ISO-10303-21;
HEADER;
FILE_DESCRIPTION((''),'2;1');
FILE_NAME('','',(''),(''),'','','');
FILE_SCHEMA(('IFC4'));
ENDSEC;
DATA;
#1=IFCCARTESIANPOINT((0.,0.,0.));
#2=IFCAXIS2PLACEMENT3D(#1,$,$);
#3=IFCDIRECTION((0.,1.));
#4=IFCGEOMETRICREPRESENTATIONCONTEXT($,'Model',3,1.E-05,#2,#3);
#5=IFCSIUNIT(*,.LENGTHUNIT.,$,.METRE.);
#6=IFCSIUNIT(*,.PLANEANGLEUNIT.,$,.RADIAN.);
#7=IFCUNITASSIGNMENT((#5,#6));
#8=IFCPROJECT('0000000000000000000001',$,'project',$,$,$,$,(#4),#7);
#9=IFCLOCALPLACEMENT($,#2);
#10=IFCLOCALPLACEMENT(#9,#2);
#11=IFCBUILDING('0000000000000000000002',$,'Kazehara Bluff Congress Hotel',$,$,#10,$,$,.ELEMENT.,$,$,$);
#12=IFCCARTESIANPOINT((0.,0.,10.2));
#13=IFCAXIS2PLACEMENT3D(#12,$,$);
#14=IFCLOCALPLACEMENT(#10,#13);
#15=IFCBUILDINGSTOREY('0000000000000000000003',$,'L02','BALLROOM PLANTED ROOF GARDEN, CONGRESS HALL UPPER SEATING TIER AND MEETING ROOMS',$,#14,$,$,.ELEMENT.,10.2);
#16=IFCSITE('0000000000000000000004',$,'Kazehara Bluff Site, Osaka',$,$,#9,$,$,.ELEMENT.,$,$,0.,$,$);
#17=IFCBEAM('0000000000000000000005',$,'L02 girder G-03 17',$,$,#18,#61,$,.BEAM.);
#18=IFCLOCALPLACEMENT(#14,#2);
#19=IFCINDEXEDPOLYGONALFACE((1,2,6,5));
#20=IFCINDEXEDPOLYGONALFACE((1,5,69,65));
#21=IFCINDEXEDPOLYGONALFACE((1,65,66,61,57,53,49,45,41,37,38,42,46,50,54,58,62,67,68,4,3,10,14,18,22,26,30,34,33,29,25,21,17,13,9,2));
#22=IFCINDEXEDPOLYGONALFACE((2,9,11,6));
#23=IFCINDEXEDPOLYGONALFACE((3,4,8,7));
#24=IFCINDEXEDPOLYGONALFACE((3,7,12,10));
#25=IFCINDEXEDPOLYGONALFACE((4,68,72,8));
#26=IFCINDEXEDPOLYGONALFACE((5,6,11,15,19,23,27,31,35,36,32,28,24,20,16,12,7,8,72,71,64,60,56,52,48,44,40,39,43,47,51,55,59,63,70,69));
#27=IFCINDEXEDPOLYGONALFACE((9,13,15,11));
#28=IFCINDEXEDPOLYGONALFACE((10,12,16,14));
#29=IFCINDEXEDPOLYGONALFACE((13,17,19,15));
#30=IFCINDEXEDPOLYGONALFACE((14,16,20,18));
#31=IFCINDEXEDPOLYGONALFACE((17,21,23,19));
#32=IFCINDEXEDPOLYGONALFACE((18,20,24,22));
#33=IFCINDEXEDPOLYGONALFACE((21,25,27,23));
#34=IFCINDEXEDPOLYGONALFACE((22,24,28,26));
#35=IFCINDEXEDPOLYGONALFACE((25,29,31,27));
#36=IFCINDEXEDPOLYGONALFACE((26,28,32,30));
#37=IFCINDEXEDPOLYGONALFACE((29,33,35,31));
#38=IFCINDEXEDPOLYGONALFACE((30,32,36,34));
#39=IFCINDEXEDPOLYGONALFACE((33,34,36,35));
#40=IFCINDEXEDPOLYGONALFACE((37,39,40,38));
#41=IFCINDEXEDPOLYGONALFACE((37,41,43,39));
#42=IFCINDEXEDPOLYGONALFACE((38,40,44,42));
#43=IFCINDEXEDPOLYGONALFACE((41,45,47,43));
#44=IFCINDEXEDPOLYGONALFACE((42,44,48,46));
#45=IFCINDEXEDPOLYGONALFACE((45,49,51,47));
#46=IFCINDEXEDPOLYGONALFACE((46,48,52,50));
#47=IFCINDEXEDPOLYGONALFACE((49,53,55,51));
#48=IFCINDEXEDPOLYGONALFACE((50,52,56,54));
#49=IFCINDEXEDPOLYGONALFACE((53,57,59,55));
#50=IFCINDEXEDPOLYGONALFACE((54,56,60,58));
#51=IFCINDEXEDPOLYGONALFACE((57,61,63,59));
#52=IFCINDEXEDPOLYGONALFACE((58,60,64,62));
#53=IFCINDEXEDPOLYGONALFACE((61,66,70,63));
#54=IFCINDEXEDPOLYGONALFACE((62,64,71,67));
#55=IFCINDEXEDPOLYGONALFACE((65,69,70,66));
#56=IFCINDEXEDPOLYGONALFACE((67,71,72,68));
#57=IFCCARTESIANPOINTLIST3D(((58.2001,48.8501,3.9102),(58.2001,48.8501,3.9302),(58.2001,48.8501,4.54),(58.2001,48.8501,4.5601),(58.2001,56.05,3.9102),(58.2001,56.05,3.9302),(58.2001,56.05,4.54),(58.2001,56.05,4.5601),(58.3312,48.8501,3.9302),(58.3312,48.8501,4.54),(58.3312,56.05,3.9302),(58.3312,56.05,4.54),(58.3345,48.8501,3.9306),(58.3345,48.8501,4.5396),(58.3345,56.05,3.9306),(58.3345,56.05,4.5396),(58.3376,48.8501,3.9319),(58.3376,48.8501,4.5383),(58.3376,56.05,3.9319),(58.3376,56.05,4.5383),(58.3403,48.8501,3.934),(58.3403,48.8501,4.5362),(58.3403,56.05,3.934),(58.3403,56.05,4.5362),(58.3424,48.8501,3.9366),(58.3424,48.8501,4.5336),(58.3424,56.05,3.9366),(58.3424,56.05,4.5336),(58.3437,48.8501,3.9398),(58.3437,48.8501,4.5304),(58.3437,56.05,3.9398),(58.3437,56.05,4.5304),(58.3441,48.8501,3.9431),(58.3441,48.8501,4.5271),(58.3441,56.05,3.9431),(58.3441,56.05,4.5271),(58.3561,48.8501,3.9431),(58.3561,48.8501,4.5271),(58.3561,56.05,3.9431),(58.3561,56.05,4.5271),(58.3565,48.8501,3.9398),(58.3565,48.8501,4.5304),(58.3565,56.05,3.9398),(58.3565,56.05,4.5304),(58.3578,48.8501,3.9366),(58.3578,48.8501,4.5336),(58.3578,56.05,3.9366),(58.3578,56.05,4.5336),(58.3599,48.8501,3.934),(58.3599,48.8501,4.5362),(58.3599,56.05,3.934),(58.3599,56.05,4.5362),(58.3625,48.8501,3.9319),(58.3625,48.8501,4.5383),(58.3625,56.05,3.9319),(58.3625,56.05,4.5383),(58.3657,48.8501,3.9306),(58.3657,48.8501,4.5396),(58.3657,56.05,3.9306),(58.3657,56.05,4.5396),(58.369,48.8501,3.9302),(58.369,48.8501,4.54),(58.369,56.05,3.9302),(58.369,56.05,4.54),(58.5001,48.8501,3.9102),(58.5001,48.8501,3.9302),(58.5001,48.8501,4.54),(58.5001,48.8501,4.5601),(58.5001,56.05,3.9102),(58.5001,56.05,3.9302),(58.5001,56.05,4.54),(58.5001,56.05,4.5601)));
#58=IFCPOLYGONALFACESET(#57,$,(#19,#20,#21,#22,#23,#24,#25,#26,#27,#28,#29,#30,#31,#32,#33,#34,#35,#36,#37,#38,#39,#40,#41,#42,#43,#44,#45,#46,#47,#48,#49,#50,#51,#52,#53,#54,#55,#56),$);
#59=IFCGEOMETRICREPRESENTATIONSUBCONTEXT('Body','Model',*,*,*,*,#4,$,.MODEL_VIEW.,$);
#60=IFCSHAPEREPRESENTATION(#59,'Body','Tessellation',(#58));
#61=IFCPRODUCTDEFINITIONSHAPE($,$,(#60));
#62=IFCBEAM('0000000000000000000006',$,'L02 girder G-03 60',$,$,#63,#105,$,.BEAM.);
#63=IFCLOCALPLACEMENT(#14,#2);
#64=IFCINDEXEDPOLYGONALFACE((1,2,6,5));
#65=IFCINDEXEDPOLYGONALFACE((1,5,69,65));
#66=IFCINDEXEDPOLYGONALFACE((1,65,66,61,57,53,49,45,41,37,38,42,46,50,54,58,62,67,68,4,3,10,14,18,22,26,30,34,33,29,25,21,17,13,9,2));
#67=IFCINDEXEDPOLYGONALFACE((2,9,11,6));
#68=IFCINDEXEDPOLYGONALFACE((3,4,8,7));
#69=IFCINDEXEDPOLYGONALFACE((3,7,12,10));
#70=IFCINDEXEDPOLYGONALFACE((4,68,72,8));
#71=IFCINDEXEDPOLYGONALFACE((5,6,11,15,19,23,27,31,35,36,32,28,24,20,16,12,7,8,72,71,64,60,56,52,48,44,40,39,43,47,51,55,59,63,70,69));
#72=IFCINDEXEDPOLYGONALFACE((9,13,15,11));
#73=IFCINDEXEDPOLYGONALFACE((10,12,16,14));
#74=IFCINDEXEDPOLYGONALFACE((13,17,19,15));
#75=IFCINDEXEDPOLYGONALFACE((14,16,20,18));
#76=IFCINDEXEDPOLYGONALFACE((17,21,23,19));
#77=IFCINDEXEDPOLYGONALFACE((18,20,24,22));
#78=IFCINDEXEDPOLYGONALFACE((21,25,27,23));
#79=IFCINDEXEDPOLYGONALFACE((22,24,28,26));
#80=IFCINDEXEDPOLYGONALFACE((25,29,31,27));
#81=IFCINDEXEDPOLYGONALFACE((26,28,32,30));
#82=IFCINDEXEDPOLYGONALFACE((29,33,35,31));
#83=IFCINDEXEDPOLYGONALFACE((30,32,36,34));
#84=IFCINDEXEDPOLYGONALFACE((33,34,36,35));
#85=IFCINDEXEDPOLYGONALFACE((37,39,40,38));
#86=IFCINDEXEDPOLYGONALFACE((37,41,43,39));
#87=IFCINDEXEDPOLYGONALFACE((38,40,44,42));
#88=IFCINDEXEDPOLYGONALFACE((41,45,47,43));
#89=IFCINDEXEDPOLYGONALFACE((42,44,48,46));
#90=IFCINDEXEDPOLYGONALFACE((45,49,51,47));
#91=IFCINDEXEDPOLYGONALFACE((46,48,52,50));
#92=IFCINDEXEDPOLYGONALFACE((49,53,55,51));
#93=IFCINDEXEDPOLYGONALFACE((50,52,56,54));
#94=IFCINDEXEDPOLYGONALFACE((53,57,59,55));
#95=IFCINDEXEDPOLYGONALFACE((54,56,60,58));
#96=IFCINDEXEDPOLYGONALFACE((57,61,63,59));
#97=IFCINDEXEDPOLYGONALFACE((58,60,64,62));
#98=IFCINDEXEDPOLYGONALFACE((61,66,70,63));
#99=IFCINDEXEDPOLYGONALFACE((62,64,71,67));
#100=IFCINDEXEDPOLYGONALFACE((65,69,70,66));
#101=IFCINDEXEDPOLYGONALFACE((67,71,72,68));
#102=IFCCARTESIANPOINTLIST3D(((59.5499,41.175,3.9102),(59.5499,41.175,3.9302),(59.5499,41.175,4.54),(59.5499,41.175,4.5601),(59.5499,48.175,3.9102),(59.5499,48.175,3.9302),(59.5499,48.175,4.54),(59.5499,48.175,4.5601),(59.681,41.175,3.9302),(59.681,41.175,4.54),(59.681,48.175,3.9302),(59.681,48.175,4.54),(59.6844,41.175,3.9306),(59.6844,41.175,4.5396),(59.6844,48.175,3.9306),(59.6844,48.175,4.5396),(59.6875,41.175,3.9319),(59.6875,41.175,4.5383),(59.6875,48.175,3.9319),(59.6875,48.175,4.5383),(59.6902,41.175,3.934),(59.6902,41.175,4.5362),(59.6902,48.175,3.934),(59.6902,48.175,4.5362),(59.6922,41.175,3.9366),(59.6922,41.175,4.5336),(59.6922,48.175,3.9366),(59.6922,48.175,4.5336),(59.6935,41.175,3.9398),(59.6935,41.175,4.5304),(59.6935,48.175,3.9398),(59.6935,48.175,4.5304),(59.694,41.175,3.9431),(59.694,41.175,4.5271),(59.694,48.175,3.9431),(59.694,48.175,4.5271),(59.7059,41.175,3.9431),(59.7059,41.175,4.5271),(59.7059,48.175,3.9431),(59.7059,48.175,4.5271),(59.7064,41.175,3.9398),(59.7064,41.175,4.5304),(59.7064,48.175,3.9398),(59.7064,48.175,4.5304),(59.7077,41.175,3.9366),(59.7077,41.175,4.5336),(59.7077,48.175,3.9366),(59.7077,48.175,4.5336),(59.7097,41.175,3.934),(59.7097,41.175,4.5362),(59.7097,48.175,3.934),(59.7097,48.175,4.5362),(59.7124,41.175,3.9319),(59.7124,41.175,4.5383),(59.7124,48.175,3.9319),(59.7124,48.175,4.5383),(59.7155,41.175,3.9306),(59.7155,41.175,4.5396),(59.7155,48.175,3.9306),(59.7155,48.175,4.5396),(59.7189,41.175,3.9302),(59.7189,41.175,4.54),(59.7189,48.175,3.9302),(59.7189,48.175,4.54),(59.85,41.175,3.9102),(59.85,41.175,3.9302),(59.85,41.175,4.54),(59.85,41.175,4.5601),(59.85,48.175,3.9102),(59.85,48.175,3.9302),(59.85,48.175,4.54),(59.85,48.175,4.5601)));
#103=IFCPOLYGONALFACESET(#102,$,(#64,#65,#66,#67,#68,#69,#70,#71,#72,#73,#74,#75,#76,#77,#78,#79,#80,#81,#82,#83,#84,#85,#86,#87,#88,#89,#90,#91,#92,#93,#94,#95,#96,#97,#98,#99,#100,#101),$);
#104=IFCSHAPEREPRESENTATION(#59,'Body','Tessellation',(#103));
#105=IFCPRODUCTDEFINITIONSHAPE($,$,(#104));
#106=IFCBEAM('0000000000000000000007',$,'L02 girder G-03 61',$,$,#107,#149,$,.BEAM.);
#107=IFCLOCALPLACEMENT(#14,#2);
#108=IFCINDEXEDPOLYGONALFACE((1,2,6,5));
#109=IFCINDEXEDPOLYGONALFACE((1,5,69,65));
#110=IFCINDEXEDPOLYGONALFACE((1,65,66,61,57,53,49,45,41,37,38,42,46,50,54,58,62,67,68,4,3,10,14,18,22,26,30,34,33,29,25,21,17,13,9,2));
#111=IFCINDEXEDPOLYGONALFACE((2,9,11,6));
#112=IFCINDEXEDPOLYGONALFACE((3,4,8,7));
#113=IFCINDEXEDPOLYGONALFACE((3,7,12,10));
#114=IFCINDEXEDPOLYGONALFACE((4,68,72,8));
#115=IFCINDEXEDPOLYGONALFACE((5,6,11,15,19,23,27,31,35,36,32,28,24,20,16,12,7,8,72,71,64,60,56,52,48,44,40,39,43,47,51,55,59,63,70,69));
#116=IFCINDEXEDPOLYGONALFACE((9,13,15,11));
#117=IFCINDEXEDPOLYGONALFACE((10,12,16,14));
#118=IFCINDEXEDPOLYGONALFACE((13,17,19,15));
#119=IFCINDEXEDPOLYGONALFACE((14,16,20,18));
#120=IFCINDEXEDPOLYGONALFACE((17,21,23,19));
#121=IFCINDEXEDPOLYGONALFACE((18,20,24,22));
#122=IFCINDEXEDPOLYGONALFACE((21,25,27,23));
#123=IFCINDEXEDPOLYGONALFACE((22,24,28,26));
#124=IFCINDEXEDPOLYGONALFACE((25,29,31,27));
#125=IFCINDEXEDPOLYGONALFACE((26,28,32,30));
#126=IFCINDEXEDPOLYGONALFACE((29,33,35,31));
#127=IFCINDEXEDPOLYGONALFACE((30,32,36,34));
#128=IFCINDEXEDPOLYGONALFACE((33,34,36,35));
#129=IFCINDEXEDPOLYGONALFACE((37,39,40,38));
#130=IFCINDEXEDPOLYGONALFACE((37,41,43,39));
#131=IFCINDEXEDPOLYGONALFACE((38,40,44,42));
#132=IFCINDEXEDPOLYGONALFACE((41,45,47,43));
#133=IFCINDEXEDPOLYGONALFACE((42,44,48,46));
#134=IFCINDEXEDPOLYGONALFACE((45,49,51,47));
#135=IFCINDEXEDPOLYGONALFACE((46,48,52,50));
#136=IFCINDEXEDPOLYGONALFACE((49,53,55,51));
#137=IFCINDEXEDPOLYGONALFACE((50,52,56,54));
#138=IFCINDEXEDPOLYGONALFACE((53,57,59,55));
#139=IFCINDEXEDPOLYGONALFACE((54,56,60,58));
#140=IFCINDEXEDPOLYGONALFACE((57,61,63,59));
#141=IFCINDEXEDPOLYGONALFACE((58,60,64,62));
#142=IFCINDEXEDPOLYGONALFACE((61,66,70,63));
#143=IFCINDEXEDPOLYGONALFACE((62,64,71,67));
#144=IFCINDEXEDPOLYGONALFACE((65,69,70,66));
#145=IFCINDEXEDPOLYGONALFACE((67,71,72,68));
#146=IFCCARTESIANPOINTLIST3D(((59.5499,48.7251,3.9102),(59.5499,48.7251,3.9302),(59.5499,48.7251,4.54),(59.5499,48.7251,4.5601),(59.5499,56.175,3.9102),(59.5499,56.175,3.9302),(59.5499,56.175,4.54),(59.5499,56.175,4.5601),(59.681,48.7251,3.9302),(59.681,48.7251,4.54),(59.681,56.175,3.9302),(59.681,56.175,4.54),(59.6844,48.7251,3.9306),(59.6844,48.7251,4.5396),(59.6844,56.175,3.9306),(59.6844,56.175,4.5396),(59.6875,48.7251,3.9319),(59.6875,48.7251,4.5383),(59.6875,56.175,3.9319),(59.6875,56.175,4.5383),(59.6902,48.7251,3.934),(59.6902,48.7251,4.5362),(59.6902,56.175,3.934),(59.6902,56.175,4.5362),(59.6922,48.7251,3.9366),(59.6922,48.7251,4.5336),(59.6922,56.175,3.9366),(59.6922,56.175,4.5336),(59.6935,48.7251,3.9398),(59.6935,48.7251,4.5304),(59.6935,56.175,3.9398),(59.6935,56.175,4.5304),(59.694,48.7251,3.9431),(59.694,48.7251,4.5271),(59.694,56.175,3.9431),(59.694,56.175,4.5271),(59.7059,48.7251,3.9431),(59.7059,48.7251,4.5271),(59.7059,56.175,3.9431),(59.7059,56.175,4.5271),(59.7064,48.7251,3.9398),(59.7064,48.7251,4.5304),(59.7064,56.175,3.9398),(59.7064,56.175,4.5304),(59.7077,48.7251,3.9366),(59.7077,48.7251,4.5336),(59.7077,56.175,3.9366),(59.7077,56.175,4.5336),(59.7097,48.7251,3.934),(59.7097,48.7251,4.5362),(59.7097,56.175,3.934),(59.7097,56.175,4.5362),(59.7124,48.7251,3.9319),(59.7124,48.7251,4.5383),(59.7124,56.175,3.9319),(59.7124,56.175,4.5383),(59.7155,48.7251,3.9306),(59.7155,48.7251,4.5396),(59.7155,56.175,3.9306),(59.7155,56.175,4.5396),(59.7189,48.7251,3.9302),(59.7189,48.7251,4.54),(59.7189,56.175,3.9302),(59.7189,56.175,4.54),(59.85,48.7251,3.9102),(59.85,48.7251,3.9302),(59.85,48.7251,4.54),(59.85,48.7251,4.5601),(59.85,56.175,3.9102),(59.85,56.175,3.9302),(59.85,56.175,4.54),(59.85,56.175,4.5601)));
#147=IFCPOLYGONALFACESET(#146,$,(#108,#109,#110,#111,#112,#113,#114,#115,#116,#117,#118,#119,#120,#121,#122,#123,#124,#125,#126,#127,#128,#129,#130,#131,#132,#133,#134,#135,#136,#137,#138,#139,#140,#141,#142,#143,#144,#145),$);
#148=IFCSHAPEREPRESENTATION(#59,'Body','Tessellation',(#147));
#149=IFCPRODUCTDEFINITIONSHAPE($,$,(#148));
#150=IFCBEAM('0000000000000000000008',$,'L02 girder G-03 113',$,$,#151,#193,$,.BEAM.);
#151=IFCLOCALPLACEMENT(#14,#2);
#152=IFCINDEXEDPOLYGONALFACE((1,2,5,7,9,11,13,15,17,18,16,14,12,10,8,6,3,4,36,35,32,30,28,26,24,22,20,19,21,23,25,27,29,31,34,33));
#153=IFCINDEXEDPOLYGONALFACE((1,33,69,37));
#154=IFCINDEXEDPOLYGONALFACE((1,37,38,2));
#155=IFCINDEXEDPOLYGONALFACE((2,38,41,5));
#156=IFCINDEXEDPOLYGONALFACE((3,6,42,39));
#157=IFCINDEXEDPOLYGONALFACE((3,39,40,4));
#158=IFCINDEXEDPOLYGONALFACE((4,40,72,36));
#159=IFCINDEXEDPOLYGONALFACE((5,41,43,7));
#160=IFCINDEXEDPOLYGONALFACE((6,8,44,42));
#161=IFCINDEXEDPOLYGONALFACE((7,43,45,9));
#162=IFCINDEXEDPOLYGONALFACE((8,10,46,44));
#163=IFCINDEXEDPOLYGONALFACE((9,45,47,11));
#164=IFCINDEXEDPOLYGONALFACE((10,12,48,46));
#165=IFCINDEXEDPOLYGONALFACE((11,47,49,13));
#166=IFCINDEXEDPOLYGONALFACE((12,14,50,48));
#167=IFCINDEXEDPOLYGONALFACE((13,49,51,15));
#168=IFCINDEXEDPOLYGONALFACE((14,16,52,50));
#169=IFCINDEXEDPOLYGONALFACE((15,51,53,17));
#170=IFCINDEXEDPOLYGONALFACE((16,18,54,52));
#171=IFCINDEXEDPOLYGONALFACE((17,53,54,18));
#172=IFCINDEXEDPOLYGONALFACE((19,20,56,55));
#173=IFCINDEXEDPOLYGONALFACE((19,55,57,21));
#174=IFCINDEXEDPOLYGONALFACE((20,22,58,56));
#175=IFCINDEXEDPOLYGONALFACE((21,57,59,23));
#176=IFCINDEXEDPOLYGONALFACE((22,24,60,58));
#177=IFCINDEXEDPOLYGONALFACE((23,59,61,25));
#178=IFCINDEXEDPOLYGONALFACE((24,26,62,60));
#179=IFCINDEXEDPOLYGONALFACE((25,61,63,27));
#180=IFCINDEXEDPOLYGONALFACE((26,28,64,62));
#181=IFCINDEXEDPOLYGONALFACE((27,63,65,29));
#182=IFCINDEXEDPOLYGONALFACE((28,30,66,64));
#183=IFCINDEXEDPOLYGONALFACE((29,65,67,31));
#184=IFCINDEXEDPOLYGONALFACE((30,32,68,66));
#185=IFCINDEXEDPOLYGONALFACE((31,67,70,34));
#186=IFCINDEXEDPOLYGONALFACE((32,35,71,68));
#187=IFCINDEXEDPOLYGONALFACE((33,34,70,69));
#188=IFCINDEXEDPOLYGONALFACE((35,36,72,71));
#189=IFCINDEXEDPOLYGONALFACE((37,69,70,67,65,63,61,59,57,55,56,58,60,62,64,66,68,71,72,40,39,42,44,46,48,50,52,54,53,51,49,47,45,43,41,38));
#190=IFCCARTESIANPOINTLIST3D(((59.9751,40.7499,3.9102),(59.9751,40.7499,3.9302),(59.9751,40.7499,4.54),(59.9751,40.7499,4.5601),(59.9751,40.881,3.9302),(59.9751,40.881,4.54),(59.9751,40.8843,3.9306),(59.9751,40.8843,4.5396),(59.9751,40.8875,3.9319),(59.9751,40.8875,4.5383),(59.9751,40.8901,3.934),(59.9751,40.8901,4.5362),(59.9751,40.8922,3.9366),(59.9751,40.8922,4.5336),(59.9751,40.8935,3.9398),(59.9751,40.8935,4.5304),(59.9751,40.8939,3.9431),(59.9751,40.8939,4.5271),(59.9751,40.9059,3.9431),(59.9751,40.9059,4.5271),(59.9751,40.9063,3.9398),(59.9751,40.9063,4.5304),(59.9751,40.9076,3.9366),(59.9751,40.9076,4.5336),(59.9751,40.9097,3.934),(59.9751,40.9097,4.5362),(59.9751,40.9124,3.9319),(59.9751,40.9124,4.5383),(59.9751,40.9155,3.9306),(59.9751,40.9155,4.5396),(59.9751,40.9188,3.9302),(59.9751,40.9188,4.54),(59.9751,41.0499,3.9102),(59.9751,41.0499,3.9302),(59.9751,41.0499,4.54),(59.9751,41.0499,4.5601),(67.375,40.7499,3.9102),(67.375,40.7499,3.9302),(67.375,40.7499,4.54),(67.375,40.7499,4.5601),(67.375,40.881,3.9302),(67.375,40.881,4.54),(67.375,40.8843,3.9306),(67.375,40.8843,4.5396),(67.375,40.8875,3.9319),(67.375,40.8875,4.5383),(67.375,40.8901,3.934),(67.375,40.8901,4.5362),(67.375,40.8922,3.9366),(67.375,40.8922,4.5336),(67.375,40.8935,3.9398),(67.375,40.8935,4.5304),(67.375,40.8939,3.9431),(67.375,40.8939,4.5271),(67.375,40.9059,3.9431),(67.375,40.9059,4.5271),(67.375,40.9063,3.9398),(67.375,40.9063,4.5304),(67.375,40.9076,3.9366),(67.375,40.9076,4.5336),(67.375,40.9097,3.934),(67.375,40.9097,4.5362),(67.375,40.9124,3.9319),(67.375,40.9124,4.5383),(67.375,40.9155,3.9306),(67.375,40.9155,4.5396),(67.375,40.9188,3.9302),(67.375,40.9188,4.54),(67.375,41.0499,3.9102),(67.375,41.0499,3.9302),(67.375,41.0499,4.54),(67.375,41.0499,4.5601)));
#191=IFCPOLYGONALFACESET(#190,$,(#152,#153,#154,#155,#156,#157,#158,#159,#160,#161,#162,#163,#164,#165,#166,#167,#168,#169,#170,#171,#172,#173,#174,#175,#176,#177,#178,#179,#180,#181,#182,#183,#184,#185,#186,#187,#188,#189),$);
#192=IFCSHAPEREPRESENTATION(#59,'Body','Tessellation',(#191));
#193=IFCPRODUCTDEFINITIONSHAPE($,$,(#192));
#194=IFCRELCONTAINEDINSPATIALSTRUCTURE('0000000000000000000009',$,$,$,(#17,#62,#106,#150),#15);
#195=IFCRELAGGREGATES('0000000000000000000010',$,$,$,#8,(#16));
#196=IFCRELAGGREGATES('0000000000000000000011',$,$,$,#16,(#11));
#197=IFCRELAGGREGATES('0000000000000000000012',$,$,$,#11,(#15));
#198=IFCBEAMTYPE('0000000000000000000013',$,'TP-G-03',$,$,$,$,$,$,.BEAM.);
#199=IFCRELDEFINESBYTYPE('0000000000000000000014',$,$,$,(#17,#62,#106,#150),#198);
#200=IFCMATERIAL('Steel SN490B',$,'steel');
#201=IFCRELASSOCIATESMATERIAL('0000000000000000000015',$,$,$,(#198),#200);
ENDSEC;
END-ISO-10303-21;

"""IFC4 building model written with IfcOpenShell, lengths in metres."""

from ifc_helpers import new_model, si_unit, direction, frame, origin, origin_2d, place, context, subcontext, project, spatial, i_section, extrude, material, material_profile, profile_set, type_object, element, save


model = new_model("IFC4")

# Units and contexts
model_context = context("Model", 3, precision=1e-05, world=origin(), true_north=direction((0.0, 1.0)))
body_context = subcontext(model_context, "Body", "Model", "MODEL_VIEW")
ifc_project = project(units=[si_unit("LENGTHUNIT", "METRE"), si_unit("PLANEANGLEUNIT", "RADIAN")], contexts=[model_context])

# Site, building, storey
site_placement = place(None, origin())
site = spatial("IfcSite", under=ifc_project, at=site_placement, Name="Kazehara Bluff Site, Osaka", CompositionType="ELEMENT", RefElevation=0.0)
building_placement = place(site_placement, origin())
building = spatial("IfcBuilding", under=site, at=building_placement, Name="Kazehara Bluff Congress Hotel", CompositionType="ELEMENT")
storey_placement = place(building_placement, frame((0.0, 0.0, 10.2)))
storey = spatial("IfcBuildingStorey", under=building, at=storey_placement, Name="L02", Description="BALLROOM PLANTED ROOF GARDEN, CONGRESS HALL UPPER SEATING TIER AND MEETING ROOMS", CompositionType="ELEMENT", Elevation=10.2)

# Beams
ifc_material_1 = material(Name="Steel SN490B", Category="steel")
ifc_material_profile_1 = material_profile(ifc_material_1, i_section(OverallWidth=0.3, OverallDepth=0.6499, WebThickness=0.012, FlangeThickness=0.02, FilletRadius=0.0129, at=origin_2d()))
ifc_profile_set_1 = profile_set([ifc_material_profile_1], Name="Steel SN490B")
beam_type_1 = type_object("IfcBeamType", Name="TP-G-03", PredefinedType="BEAM", material=ifc_profile_set_1)
beam_1_placement = place(storey_placement, frame((58.3501, 48.8501, 4.2351), z_axis=(0.0, 1.0, 0.0), x_axis=(-1.0, 0.0, 0.0)))
element("IfcBeam", 1, at=beam_1_placement, inside=storey, type_object=beam_type_1, Name="L02 girder G-03 17", PredefinedType="BEAM", context=body_context, shape_type="SweptSolid", body=[
    extrude(i_section(OverallWidth=0.3, OverallDepth=0.6499, WebThickness=0.012, FlangeThickness=0.02, FilletRadius=0.0129, at=origin_2d()), origin(), (0.0, 0.0, 1.0), 7.2),
])
beam_2_placement = place(storey_placement, frame((59.7, 41.175, 4.2351), z_axis=(0.0, 1.0, 0.0), x_axis=(-1.0, 0.0, 0.0)))
element("IfcBeam", 2, at=beam_2_placement, inside=storey, type_object=beam_type_1, Name="L02 girder G-03 60", PredefinedType="BEAM", context=body_context, shape_type="SweptSolid", body=[
    extrude(i_section(OverallWidth=0.3, OverallDepth=0.6499, WebThickness=0.012, FlangeThickness=0.02, FilletRadius=0.0129, at=origin_2d()), origin(), (0.0, 0.0, 1.0), 7.0),
])
beam_3_placement = place(storey_placement, frame((59.7, 48.7251, 4.2351), z_axis=(0.0, 1.0, 0.0), x_axis=(-1.0, 0.0, 0.0)))
element("IfcBeam", 3, at=beam_3_placement, inside=storey, type_object=beam_type_1, Name="L02 girder G-03 61", PredefinedType="BEAM", context=body_context, shape_type="SweptSolid", body=[
    extrude(i_section(OverallWidth=0.3, OverallDepth=0.6499, WebThickness=0.012, FlangeThickness=0.02, FilletRadius=0.0129, at=origin_2d()), origin(), (0.0, 0.0, 1.0), 7.45),
])
beam_4_placement = place(storey_placement, frame((59.9751, 40.8999, 4.2351), z_axis=(1.0, 0.0, 0.0), x_axis=(0.0, 1.0, 0.0)))
element("IfcBeam", 4, at=beam_4_placement, inside=storey, type_object=beam_type_1, Name="L02 girder G-03 113", PredefinedType="BEAM", context=body_context, shape_type="SweptSolid", body=[
    extrude(i_section(OverallWidth=0.3, OverallDepth=0.6499, WebThickness=0.012, FlangeThickness=0.02, FilletRadius=0.0129, at=origin_2d()), origin(), (0.0, 0.0, 1.0), 7.3999),
])

save(model, "model.ifc")
